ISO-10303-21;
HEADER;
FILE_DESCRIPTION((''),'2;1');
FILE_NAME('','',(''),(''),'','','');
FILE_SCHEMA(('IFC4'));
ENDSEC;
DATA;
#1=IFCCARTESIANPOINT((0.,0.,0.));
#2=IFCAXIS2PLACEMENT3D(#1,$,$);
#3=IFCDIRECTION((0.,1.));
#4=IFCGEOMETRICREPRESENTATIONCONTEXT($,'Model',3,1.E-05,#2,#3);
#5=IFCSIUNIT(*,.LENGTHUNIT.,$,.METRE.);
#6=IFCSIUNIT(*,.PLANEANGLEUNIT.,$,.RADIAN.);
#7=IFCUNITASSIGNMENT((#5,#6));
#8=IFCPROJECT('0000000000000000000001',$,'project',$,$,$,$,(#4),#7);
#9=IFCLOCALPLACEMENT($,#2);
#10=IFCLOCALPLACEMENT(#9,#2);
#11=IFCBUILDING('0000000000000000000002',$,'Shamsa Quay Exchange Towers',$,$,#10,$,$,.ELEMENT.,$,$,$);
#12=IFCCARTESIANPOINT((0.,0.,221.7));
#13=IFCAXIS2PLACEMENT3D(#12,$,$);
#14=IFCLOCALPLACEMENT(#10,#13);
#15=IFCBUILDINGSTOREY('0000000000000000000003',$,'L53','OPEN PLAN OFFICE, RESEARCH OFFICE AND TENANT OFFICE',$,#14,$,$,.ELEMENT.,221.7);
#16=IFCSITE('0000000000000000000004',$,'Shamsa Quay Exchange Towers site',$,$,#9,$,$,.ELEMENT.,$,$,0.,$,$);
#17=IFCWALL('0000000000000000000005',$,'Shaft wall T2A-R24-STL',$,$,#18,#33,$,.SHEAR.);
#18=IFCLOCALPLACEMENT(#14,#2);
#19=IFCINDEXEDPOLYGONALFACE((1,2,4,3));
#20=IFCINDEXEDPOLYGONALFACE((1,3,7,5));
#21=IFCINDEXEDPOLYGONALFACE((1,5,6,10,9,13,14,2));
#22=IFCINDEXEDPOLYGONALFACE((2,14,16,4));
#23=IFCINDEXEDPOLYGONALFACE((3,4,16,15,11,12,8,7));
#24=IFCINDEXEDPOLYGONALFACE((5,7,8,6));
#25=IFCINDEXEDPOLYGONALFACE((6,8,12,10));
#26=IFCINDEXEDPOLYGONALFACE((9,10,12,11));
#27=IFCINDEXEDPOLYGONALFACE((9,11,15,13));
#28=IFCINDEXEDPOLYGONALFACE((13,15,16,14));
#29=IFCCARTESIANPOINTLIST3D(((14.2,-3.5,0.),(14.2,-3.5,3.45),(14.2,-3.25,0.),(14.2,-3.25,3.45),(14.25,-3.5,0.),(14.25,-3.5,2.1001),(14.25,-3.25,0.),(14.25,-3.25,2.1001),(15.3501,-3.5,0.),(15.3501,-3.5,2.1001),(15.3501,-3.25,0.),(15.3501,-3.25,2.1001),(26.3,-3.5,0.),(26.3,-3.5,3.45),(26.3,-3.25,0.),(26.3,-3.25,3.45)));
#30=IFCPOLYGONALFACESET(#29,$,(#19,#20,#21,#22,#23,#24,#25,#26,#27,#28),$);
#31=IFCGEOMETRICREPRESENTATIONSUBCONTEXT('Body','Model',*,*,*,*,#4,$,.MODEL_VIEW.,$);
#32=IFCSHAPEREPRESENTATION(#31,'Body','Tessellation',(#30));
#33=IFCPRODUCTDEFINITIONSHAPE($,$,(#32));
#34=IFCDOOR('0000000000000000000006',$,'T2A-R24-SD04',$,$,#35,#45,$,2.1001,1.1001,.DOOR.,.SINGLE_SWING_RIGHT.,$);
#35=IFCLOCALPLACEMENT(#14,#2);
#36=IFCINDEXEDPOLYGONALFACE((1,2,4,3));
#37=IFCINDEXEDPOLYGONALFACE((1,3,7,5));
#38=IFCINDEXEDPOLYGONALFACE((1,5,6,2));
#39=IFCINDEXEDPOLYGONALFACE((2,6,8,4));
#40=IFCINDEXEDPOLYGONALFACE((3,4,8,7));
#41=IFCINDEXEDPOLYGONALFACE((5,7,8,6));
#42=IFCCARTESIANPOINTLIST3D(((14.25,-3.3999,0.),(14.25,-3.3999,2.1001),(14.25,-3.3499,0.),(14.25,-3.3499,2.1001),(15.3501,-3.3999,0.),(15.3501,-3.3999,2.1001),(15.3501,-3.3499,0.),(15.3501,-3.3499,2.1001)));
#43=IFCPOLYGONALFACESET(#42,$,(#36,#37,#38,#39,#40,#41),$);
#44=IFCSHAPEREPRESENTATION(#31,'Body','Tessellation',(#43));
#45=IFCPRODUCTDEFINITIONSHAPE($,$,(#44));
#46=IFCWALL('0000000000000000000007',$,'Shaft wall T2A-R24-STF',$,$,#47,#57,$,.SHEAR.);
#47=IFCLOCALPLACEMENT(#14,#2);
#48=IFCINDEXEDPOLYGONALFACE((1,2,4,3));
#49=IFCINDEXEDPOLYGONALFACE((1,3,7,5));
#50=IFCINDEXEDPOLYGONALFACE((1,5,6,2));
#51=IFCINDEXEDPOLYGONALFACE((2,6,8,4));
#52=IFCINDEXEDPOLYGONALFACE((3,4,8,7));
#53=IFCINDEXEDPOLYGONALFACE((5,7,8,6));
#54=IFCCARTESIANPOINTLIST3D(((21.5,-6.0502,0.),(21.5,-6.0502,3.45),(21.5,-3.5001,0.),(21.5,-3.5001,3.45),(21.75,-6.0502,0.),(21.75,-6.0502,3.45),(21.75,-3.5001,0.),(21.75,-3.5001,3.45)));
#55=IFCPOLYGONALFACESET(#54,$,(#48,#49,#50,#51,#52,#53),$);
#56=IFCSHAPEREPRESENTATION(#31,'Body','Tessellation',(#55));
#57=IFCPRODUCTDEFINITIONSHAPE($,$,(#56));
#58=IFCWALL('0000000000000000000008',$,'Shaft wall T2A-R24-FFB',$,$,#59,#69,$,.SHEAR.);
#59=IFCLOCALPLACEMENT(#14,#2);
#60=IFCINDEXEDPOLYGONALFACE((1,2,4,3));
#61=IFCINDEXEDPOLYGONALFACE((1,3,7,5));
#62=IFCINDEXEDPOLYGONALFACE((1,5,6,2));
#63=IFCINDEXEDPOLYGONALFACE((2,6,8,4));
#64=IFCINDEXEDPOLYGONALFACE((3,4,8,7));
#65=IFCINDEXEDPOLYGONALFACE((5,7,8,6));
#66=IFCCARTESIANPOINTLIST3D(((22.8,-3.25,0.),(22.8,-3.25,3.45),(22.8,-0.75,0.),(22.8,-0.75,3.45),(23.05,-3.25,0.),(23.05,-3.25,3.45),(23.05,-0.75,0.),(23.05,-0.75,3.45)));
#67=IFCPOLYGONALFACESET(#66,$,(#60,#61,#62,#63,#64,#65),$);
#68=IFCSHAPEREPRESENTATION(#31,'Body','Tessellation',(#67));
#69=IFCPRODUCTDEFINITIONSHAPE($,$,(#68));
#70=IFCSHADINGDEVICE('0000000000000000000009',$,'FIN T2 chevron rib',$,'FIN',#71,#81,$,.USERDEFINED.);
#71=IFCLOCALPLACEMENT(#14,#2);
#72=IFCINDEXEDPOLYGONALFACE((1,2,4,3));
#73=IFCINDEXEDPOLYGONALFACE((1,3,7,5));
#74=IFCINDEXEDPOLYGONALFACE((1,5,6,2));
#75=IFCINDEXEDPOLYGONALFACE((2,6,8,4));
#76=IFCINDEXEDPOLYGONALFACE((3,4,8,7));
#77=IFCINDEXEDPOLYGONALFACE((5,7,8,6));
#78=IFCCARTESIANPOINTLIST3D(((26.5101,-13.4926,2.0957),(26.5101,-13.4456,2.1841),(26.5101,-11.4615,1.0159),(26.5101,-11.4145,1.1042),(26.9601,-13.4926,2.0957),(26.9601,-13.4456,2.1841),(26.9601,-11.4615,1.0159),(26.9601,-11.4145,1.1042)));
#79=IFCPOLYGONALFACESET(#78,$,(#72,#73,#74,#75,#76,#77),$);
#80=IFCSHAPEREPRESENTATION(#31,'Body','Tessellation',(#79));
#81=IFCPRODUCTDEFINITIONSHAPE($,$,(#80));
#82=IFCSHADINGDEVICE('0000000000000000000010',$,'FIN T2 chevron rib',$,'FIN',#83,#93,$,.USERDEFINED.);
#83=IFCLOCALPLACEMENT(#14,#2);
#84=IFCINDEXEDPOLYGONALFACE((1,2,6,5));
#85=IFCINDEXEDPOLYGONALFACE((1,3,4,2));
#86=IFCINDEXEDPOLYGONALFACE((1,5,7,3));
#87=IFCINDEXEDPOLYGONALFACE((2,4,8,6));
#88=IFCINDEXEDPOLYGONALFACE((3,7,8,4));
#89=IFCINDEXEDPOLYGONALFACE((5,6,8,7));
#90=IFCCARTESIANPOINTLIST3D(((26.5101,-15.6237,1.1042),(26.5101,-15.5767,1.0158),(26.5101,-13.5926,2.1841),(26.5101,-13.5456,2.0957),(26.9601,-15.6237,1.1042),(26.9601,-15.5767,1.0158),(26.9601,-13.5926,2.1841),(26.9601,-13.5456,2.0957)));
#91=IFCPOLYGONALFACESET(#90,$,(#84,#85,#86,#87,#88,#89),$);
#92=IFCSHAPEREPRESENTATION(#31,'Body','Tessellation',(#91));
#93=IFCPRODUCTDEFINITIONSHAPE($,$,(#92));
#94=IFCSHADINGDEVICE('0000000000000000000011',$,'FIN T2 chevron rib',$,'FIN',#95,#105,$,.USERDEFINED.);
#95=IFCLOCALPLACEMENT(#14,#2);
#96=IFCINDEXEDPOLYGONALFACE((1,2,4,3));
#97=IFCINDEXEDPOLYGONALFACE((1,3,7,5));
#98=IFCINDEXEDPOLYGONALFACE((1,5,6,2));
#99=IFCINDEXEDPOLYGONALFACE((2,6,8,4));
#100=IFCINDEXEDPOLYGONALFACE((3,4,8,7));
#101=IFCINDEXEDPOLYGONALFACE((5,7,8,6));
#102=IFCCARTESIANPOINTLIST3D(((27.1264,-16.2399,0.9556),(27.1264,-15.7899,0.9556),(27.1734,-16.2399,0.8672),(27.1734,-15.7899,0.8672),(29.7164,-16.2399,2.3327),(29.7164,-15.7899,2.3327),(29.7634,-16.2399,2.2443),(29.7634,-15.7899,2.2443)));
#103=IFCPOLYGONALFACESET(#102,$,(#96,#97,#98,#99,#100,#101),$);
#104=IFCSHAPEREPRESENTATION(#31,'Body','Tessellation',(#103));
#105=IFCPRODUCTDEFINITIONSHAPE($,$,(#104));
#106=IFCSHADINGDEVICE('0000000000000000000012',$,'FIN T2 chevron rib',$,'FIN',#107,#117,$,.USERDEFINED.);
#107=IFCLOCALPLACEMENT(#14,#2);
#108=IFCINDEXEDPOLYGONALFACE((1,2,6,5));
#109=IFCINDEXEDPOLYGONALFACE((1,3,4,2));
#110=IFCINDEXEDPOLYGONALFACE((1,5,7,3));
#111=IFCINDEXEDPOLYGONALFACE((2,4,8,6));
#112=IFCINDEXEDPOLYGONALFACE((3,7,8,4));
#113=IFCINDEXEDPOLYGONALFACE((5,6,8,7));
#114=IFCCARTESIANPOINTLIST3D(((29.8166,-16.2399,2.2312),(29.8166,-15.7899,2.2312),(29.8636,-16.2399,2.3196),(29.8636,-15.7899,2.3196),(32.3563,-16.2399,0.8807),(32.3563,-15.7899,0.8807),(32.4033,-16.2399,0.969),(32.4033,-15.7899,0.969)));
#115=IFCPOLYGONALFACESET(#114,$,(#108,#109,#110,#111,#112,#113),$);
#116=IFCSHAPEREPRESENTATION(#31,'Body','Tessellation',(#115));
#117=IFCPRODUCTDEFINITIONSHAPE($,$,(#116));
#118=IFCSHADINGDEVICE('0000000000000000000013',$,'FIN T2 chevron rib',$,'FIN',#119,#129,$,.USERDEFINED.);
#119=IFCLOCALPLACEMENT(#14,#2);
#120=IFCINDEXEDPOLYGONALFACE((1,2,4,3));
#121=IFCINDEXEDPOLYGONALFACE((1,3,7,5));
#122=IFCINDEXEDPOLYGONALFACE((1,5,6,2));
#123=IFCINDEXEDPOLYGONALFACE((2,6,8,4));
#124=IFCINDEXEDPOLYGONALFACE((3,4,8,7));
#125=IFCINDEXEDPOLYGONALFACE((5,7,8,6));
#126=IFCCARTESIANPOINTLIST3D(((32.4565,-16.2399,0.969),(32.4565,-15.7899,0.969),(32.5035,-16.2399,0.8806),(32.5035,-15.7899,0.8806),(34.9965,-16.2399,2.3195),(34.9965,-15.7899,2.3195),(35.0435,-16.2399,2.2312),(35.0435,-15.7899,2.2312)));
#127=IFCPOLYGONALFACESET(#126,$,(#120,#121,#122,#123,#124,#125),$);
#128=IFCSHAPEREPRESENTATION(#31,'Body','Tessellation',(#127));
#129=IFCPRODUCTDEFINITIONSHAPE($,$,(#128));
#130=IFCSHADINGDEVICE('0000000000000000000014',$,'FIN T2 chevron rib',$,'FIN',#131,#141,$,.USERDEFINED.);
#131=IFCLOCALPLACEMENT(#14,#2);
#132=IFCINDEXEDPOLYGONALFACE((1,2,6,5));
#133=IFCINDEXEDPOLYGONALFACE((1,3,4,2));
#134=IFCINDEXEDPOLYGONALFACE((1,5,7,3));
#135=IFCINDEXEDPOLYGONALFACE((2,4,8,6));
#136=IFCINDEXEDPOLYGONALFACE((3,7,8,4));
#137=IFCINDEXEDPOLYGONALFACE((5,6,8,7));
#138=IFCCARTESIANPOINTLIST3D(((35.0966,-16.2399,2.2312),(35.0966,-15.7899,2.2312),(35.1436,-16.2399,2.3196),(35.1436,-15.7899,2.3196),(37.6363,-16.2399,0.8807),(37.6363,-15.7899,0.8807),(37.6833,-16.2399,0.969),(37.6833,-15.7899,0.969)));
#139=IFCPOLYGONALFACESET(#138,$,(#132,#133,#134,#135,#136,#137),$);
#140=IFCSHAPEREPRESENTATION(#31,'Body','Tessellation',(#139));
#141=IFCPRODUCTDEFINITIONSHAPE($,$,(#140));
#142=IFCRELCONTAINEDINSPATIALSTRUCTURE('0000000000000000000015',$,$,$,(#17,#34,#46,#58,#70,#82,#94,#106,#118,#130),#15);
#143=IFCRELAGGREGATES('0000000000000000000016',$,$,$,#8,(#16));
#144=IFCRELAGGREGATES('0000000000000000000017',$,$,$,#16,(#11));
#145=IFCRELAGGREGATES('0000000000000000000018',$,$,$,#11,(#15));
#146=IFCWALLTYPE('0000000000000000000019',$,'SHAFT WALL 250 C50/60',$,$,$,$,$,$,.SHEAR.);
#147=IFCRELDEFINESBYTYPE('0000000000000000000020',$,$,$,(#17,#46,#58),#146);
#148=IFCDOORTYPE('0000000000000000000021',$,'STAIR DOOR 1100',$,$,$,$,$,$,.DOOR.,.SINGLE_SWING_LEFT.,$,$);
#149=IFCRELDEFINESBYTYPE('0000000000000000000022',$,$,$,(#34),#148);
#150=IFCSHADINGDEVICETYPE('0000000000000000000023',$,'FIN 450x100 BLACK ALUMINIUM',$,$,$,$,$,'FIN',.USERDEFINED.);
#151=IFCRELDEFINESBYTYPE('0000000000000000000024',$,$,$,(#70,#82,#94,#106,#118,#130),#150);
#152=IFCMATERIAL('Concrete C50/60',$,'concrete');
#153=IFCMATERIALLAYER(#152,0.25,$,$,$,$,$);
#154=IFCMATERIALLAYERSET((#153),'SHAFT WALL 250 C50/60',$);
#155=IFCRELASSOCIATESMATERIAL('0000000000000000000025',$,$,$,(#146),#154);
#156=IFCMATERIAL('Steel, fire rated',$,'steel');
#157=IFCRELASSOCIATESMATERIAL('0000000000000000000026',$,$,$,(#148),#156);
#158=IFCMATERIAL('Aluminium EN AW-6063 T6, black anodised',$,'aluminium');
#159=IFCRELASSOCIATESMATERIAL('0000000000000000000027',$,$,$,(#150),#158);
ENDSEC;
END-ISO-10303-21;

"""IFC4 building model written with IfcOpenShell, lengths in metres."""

from ifc_helpers import new_model, si_unit, direction, frame, frame_2d, origin, origin_2d, place, context, subcontext, project, spatial, rectangle, extrude, material, layer, layer_set, material_profile, profile_set, type_object, element, fill, save


model = new_model("IFC4")

# Units and contexts
model_context = context("Model", 3, precision=1e-05, world=origin(), true_north=direction((0.0, 1.0)))
body_context = subcontext(model_context, "Body", "Model", "MODEL_VIEW")
ifc_project = project(units=[si_unit("LENGTHUNIT", "METRE"), si_unit("PLANEANGLEUNIT", "RADIAN")], contexts=[model_context])

# Site, building, storey
site_placement = place(None, origin())
site = spatial("IfcSite", under=ifc_project, at=site_placement, Name="Shamsa Quay Exchange Towers site", CompositionType="ELEMENT", RefElevation=0.0)
building_placement = place(site_placement, origin())
building = spatial("IfcBuilding", under=site, at=building_placement, Name="Shamsa Quay Exchange Towers", CompositionType="ELEMENT")
storey_placement = place(building_placement, frame((0.0, 0.0, 221.7)))
storey = spatial("IfcBuildingStorey", under=building, at=storey_placement, Name="L53", Description="OPEN PLAN OFFICE, RESEARCH OFFICE AND TENANT OFFICE", CompositionType="ELEMENT", Elevation=221.7)

# Shared definitions
ifc_material_1 = material(Name="Aluminium EN AW-6063 T6, black anodised", Category="aluminium")

# Wall, opening, door
ifc_material_2 = material(Name="Concrete C50/60", Category="concrete")
ifc_layer_1 = layer(ifc_material_2, 0.25)
ifc_layer_set_1 = layer_set([ifc_layer_1], Name="SHAFT WALL 250 C50/60")
wall_type_1 = type_object("IfcWallType", Name="SHAFT WALL 250 C50/60", PredefinedType="SHEAR", material=ifc_layer_set_1)
wall_1_placement = place(storey_placement, frame((26.3, -3.375, 0.0), z_axis=(0.0, 0.0, 1.0), x_axis=(-1.0, 0.0, 0.0)))
wall_1 = element("IfcWall", 1, at=wall_1_placement, inside=storey, type_object=wall_type_1, Name="Shaft wall T2A-R24-STL", PredefinedType="SHEAR", context=body_context, shape_type="SweptSolid", body=[
    extrude(rectangle(XDim=12.1001, YDim=0.25, at=frame_2d((6.05, 0.0))), origin(), (0.0, 0.0, 1.0), 3.45),
])
opening_1_placement = place(wall_1_placement, frame((10.95, 0.0, 0.0)))
opening_1 = element("IfcOpeningElement", 2, at=opening_1_placement, cuts=wall_1, PredefinedType="OPENING", context=body_context, shape_type="SweptSolid", body=[
    extrude(rectangle(XDim=1.1001, YDim=2.1001, at=frame_2d((0.55, 1.05))), frame((0.0, 0.135, 0.0), z_axis=(0.0, -1.0, 0.0), x_axis=(1.0, 0.0, 0.0)), (0.0, 0.0, 1.0), 0.27),
])
ifc_material_3 = material(Name="Steel, fire rated", Category="steel")
door_type_1 = type_object("IfcDoorType", Name="STAIR DOOR 1100", OperationType="SINGLE_SWING_LEFT", PredefinedType="DOOR", material=ifc_material_3)
door_1_placement = place(opening_1_placement, origin())
door_1 = element("IfcDoor", 3, at=door_1_placement, inside=storey, type_object=door_type_1, Name="T2A-R24-SD04", OperationType="SINGLE_SWING_RIGHT", OverallHeight=2.1001, OverallWidth=1.1001, PredefinedType="DOOR", context=body_context, shape_type="SweptSolid", body=[
    extrude(rectangle(XDim=1.1001, YDim=2.1001, at=frame_2d((0.55, 1.05))), frame((0.0, 0.0249, 0.0), z_axis=(0.0, -1.0, 0.0), x_axis=(1.0, 0.0, 0.0)), (0.0, 0.0, 1.0), 0.05),
])
fill(opening_1, door_1)

# Walls
wall_2_placement = place(storey_placement, frame((21.625, -6.05, 0.0), z_axis=(0.0, 0.0, 1.0), x_axis=(0.0, 1.0, 0.0)))
element("IfcWall", 4, at=wall_2_placement, inside=storey, type_object=wall_type_1, Name="Shaft wall T2A-R24-STF", PredefinedType="SHEAR", context=body_context, shape_type="SweptSolid", body=[
    extrude(rectangle(XDim=2.55, YDim=0.25, at=frame_2d((1.2749, 0.0))), origin(), (0.0, 0.0, 1.0), 3.45),
])
wall_3_placement = place(storey_placement, frame((22.925, -3.25, 0.0), z_axis=(0.0, 0.0, 1.0), x_axis=(0.0, 1.0, 0.0)))
element("IfcWall", 5, at=wall_3_placement, inside=storey, type_object=wall_type_1, Name="Shaft wall T2A-R24-FFB", PredefinedType="SHEAR", context=body_context, shape_type="SweptSolid", body=[
    extrude(rectangle(XDim=2.5, YDim=0.25, at=frame_2d((1.25, 0.0))), origin(), (0.0, 0.0, 1.0), 3.45),
])

# Shading devices
ifc_material_profile_1 = material_profile(ifc_material_1, rectangle(XDim=0.45, YDim=0.1001, at=origin_2d()), Name="FIN450x100")
ifc_profile_set_1 = profile_set([ifc_material_profile_1], Name="Aluminium EN AW-6063 T6, black anodised")
shading_device_type = type_object("IfcShadingDeviceType", Name="FIN 450x100 BLACK ALUMINIUM", ElementType="FIN", PredefinedType="USERDEFINED", material=ifc_profile_set_1)
for number, where, z_axis, x_axis, name in (
    (6, (26.7351, -11.438, 1.0601), (0.0, -0.88296, 0.469448), (1.0, 0.0, 0.0), "FIN T2 chevron rib"),
    (7, (26.7351, -13.5691, 2.1399), (0.0, -0.88296, -0.469448), (1.0, 0.0, 0.0), "FIN T2 chevron rib"),
):
    element("IfcShadingDevice", number, at=place(storey_placement, frame(where, z_axis=z_axis, x_axis=x_axis)), inside=storey, type_object=shading_device_type, Name=name, ObjectType="FIN", PredefinedType="USERDEFINED", context=body_context, shape_type="SweptSolid", body=[
        extrude(rectangle(XDim=0.45, YDim=0.1001, at=origin_2d()), origin(), (0.0, 0.0, 1.0), 2.3003),
    ])
shading_device_1_placement = place(storey_placement, frame((27.1499, -16.0149, 0.9114), z_axis=(0.882944, 0.0, 0.469478), x_axis=(0.0, 1.0, 0.0)))
element("IfcShadingDevice", 8, at=shading_device_1_placement, inside=storey, type_object=shading_device_type, Name="FIN T2 chevron rib", ObjectType="FIN", PredefinedType="USERDEFINED", context=body_context, shape_type="SweptSolid", body=[
    extrude(rectangle(XDim=0.45, YDim=0.1001, at=origin_2d()), origin(), (0.0, 0.0, 1.0), 2.9333),
])
shading_device_2_placement = place(storey_placement, frame((29.8401, -16.0149, 2.2754), z_axis=(0.882926, 0.0, -0.469513), x_axis=(0.0, 1.0, 0.0)))
element("IfcShadingDevice", 9, at=shading_device_2_placement, inside=storey, type_object=shading_device_type, Name="FIN T2 chevron rib", ObjectType="FIN", PredefinedType="USERDEFINED", context=body_context, shape_type="SweptSolid", body=[
    extrude(rectangle(XDim=0.45, YDim=0.1001, at=origin_2d()), origin(), (0.0, 0.0, 1.0), 2.8765),
])
shading_device_3_placement = place(storey_placement, frame((32.48, -16.0149, 0.9248), z_axis=(0.882944, 0.0, 0.469478), x_axis=(0.0, 1.0, 0.0)))
element("IfcShadingDevice", 10, at=shading_device_3_placement, inside=storey, type_object=shading_device_type, Name="FIN T2 chevron rib", ObjectType="FIN", PredefinedType="USERDEFINED", context=body_context, shape_type="SweptSolid", body=[
    extrude(rectangle(XDim=0.45, YDim=0.1001, at=origin_2d()), origin(), (0.0, 0.0, 1.0), 2.8767),
])
shading_device_4_placement = place(storey_placement, frame((35.1201, -16.0149, 2.2754), z_axis=(0.882926, 0.0, -0.469513), x_axis=(0.0, 1.0, 0.0)))
element("IfcShadingDevice", 11, at=shading_device_4_placement, inside=storey, type_object=shading_device_type, Name="FIN T2 chevron rib", ObjectType="FIN", PredefinedType="USERDEFINED", context=body_context, shape_type="SweptSolid", body=[
    extrude(rectangle(XDim=0.45, YDim=0.1001, at=origin_2d()), origin(), (0.0, 0.0, 1.0), 2.8765),
])

save(model, "model.ifc")
